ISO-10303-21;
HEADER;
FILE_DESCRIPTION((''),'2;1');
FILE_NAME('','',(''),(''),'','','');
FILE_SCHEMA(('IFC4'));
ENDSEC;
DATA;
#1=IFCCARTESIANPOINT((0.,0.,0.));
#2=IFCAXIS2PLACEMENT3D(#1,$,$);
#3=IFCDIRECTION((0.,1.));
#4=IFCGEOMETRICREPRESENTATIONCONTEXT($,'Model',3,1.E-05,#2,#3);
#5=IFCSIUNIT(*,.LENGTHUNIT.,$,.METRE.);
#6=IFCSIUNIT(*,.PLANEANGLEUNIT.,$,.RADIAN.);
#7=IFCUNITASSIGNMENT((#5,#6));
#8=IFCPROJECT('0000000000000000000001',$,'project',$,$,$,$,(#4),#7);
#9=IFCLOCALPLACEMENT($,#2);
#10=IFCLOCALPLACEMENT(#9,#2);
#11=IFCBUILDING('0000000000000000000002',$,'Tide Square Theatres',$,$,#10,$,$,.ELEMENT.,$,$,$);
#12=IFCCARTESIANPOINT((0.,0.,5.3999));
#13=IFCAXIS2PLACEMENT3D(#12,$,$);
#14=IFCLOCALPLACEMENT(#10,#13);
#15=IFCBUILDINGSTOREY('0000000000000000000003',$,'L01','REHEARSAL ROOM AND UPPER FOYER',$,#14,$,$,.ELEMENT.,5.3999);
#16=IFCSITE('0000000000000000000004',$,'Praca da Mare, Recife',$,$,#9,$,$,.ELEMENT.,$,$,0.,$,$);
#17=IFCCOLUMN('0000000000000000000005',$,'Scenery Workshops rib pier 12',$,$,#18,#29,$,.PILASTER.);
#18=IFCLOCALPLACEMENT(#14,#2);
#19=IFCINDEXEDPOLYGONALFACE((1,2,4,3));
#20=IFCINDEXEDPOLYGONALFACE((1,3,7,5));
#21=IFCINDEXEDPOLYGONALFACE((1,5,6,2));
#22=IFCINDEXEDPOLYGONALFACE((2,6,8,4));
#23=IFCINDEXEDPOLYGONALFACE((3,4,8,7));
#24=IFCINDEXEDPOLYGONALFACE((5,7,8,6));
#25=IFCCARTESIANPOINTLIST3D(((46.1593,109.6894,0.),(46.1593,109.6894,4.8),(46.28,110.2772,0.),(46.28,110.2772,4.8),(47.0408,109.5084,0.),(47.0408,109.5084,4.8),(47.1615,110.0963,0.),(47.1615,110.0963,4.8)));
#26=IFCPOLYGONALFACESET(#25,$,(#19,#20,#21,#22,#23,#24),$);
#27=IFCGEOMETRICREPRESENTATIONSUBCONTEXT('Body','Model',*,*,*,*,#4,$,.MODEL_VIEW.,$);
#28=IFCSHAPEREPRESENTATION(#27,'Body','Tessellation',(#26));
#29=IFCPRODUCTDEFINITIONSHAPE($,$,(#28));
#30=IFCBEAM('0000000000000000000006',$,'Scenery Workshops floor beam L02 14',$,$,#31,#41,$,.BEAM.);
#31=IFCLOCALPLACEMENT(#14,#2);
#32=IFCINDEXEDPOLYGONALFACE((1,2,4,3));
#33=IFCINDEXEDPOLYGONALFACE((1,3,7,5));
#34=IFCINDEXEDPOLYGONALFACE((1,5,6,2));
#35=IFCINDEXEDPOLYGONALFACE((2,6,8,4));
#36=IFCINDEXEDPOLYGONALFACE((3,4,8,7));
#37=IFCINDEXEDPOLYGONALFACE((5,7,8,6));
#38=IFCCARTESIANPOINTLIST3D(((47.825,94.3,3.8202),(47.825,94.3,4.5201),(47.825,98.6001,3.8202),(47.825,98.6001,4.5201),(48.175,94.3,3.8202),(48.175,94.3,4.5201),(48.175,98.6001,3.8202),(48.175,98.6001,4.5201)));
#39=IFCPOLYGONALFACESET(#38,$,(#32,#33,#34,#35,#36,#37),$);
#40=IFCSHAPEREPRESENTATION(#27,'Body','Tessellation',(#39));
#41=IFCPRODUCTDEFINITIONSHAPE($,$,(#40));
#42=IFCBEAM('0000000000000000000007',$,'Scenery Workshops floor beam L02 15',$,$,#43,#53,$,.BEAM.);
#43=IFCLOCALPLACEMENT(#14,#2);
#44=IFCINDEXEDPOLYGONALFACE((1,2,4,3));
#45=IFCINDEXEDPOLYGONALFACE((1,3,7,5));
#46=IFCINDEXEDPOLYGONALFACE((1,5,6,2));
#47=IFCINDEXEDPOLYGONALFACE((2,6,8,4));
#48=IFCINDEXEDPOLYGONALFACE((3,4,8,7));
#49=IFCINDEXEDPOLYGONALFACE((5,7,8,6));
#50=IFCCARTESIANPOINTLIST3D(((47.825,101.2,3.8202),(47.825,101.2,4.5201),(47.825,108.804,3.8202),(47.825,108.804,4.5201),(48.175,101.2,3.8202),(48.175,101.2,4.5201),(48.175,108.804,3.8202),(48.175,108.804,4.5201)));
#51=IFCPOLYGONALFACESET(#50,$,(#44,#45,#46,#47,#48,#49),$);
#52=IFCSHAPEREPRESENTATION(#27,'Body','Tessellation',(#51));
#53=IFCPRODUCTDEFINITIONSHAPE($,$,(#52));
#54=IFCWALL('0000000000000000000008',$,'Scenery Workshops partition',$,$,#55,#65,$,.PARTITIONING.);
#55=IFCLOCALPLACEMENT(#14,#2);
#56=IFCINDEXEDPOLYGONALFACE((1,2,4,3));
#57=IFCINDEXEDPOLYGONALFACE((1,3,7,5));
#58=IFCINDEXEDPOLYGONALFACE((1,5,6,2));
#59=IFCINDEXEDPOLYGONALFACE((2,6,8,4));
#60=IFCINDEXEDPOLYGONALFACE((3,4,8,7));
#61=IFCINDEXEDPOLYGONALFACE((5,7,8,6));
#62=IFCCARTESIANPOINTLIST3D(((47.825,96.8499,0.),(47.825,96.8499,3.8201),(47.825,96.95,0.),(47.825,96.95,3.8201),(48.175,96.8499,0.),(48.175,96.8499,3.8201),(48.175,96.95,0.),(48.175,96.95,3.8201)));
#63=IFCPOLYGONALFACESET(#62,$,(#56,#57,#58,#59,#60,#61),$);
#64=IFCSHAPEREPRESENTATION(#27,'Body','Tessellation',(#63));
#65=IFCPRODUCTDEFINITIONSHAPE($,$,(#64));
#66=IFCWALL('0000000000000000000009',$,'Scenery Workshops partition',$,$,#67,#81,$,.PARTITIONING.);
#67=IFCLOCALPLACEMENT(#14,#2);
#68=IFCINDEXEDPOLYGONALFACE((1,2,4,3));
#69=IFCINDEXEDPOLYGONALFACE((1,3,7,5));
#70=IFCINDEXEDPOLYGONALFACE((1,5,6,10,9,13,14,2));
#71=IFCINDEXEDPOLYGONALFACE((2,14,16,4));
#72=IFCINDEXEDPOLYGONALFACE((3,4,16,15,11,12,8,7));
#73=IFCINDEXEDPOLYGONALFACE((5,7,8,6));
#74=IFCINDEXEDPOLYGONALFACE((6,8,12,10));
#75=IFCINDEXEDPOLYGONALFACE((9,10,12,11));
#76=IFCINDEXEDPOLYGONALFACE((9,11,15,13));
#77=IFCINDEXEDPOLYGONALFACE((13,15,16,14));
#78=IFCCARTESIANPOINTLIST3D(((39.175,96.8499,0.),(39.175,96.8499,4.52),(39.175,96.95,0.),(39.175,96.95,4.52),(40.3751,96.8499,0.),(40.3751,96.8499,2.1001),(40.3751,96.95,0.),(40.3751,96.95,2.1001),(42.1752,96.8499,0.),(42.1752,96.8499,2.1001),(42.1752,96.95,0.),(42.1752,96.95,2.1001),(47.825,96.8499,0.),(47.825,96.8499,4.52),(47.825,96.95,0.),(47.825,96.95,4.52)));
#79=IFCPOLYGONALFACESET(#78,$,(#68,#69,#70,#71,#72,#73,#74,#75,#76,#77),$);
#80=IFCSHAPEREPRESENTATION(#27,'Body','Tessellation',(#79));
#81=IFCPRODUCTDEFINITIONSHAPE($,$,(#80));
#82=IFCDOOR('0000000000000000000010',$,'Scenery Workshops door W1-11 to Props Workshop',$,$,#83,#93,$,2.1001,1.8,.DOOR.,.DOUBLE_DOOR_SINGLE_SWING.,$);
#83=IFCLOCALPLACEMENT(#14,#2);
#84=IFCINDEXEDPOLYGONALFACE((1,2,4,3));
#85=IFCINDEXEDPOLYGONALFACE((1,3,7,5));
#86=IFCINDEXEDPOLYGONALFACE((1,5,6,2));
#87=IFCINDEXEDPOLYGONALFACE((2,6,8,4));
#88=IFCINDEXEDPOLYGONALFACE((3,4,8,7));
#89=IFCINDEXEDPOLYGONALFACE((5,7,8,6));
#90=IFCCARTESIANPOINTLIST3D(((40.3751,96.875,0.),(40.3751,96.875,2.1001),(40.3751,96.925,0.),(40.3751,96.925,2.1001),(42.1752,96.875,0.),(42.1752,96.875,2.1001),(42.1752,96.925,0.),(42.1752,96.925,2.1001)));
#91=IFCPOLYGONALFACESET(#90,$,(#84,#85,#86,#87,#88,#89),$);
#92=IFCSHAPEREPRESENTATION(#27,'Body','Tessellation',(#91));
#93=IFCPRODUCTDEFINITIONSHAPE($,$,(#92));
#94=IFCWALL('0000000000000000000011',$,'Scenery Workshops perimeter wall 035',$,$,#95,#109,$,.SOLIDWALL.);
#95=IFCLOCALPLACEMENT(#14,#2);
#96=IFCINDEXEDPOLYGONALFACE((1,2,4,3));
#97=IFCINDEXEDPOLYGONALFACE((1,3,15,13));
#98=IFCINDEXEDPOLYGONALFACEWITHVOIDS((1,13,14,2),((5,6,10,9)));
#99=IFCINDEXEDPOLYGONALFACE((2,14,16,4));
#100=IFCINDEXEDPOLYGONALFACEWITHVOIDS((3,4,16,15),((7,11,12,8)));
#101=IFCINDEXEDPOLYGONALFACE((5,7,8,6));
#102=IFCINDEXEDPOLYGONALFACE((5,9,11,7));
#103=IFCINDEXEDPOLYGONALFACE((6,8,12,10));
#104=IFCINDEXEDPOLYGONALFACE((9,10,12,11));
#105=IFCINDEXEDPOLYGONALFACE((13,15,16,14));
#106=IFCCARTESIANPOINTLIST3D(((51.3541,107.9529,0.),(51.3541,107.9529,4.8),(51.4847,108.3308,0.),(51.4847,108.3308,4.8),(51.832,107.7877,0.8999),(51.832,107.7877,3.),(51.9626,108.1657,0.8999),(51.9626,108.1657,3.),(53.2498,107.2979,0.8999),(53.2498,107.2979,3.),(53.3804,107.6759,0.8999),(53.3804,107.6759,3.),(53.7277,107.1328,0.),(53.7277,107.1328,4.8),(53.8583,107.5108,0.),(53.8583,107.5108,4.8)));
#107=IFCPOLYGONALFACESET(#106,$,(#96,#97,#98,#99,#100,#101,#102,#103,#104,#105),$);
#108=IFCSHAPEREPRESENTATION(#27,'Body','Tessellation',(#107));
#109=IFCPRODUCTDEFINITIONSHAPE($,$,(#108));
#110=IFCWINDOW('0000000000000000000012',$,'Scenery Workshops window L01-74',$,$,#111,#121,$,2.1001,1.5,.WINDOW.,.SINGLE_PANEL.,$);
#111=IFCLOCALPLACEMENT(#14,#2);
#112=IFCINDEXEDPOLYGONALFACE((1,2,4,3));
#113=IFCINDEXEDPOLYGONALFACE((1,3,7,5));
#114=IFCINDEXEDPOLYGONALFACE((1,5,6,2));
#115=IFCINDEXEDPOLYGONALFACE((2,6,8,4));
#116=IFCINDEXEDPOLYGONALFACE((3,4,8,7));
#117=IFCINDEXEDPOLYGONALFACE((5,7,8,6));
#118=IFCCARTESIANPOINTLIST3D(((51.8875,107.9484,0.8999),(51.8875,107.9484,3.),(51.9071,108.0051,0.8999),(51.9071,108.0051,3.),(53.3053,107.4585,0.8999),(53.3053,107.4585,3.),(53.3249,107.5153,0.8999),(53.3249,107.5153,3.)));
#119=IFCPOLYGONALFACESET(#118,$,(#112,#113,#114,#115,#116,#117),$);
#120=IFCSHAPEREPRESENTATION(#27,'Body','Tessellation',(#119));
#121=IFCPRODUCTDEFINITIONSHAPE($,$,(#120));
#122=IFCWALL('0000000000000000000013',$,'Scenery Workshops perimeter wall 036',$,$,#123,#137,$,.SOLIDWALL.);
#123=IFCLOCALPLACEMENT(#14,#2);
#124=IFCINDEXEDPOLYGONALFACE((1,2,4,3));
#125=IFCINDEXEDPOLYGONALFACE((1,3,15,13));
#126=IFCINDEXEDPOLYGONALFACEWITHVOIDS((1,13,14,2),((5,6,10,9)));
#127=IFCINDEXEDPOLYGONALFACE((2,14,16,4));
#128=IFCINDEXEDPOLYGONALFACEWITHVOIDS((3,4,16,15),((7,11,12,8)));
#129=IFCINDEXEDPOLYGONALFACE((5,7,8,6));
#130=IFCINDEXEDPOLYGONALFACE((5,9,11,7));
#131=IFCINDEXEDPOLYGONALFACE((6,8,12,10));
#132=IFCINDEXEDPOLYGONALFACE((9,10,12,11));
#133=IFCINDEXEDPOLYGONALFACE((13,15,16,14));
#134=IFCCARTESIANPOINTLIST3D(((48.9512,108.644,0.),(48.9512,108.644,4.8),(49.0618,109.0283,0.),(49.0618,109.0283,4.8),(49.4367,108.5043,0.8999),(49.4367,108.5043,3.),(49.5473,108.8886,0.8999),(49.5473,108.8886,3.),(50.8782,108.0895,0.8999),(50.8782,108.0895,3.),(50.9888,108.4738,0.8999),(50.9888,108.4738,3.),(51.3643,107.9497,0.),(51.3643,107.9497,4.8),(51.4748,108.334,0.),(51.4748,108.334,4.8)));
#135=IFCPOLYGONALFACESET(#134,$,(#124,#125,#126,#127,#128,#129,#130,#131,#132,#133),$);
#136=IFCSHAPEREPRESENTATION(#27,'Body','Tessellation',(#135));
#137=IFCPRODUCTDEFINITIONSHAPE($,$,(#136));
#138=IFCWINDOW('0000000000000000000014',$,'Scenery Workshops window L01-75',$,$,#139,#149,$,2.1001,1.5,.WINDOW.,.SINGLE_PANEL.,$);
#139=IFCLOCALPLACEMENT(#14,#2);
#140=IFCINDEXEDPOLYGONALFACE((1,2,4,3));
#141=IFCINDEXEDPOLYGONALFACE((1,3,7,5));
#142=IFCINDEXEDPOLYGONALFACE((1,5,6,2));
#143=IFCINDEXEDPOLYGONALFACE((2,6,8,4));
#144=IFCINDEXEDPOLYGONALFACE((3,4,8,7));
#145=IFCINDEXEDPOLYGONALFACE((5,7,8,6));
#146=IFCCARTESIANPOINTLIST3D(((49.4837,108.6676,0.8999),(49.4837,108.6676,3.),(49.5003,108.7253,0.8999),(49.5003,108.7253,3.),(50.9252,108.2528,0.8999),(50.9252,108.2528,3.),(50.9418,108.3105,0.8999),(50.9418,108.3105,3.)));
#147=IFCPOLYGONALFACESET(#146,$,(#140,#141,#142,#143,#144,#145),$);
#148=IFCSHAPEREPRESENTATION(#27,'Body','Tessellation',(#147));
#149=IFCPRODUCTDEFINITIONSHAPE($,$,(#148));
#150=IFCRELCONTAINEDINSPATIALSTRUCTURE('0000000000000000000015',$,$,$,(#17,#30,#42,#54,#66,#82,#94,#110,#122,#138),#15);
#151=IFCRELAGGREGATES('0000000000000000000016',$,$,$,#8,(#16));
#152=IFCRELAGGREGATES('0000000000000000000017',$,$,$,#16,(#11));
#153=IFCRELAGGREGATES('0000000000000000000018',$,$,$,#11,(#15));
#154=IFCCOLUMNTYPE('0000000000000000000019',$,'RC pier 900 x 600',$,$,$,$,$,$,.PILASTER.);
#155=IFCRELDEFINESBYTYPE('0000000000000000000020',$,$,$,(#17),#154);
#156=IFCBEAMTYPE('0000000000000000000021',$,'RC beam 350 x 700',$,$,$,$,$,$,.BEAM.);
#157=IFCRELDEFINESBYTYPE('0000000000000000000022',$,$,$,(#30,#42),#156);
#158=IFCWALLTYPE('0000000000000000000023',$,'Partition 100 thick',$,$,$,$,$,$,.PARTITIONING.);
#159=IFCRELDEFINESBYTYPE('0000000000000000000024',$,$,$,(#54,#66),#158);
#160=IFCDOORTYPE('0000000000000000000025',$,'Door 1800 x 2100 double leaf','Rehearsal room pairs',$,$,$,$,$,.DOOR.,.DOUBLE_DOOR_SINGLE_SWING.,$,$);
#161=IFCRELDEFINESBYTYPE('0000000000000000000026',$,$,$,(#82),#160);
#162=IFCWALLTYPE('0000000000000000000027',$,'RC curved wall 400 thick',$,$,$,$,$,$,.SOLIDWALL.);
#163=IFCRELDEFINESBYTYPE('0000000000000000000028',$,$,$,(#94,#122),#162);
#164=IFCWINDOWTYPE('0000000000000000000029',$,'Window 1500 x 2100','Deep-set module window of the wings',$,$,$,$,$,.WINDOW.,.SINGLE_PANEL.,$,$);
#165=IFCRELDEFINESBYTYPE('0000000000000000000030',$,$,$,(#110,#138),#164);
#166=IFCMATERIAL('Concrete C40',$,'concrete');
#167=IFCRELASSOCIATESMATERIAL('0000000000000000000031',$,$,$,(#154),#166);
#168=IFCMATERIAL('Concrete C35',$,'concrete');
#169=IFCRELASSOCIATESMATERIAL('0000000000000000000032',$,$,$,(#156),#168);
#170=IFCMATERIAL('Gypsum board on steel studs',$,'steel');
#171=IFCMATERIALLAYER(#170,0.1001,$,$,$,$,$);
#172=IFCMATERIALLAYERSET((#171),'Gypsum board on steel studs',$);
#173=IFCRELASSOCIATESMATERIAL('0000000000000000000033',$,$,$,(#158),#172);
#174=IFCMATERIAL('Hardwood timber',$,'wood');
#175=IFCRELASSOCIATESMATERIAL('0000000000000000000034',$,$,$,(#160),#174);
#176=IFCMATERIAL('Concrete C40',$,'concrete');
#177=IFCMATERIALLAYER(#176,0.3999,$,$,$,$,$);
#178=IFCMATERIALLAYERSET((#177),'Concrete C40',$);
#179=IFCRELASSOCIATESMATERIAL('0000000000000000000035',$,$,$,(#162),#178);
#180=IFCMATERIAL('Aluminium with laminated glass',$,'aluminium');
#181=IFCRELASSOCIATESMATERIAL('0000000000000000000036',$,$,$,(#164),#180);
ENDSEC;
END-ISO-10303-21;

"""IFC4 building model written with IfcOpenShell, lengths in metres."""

from ifc_helpers import new_model, si_unit, direction, frame, frame_2d, origin, origin_2d, place, context, subcontext, project, spatial, rectangle, extrude, material, layer, layer_set, material_profile, profile_set, type_object, element, fill, save


model = new_model("IFC4")

# Units and contexts
model_context = context("Model", 3, precision=1e-05, world=origin(), true_north=direction((0.0, 1.0)))
body_context = subcontext(model_context, "Body", "Model", "MODEL_VIEW")
ifc_project = project(units=[si_unit("LENGTHUNIT", "METRE"), si_unit("PLANEANGLEUNIT", "RADIAN")], contexts=[model_context])

# Site, building, storey
site_placement = place(None, origin())
site = spatial("IfcSite", under=ifc_project, at=site_placement, Name="Praca da Mare, Recife", CompositionType="ELEMENT", RefElevation=0.0)
building_placement = place(site_placement, origin())
building = spatial("IfcBuilding", under=site, at=building_placement, Name="Tide Square Theatres", CompositionType="ELEMENT")
storey_placement = place(building_placement, frame((0.0, 0.0, 5.3999)))
storey = spatial("IfcBuildingStorey", under=building, at=storey_placement, Name="L01", Description="REHEARSAL ROOM AND UPPER FOYER", CompositionType="ELEMENT", Elevation=5.3999)

# Column
ifc_material_1 = material(Name="Concrete C40", Category="concrete")
ifc_material_profile_1 = material_profile(ifc_material_1, rectangle(XDim=0.8999, YDim=0.6001, at=origin_2d()))
ifc_profile_set_1 = profile_set([ifc_material_profile_1], Name="Concrete C40")
column_type = type_object("IfcColumnType", Name="RC pier 900 x 600", PredefinedType="PILASTER", material=ifc_profile_set_1)
column_placement = place(storey_placement, frame((46.6604, 109.8928, 0.0), z_axis=(0.0, 0.0, 1.0), x_axis=(-0.979575, 0.201079, 0.0)))
element("IfcColumn", 1, at=column_placement, inside=storey, type_object=column_type, Name="Scenery Workshops rib pier 12", PredefinedType="PILASTER", context=body_context, shape_type="SweptSolid", body=[
    extrude(rectangle(XDim=0.8999, YDim=0.6001, at=origin_2d()), origin(), (0.0, 0.0, 1.0), 4.8),
])

# Beams
ifc_material_2 = material(Name="Concrete C35", Category="concrete")
ifc_material_profile_2 = material_profile(ifc_material_2, rectangle(XDim=0.3501, YDim=0.7, at=origin_2d()))
ifc_profile_set_2 = profile_set([ifc_material_profile_2], Name="Concrete C35")
beam_type = type_object("IfcBeamType", Name="RC beam 350 x 700", PredefinedType="BEAM", material=ifc_profile_set_2)
beam_1_placement = place(storey_placement, frame((48.0, 94.3, 4.1702), z_axis=(0.0, 1.0, 0.0), x_axis=(-1.0, 0.0, 0.0)))
element("IfcBeam", 2, at=beam_1_placement, inside=storey, type_object=beam_type, Name="Scenery Workshops floor beam L02 14", PredefinedType="BEAM", context=body_context, shape_type="SweptSolid", body=[
    extrude(rectangle(XDim=0.3501, YDim=0.7, at=origin_2d()), origin(), (0.0, 0.0, 1.0), 4.3),
])
beam_2_placement = place(storey_placement, frame((48.0, 101.2, 4.1702), z_axis=(0.0, 1.0, 0.0), x_axis=(-1.0, 0.0, 0.0)))
element("IfcBeam", 3, at=beam_2_placement, inside=storey, type_object=beam_type, Name="Scenery Workshops floor beam L02 15", PredefinedType="BEAM", context=body_context, shape_type="SweptSolid", body=[
    extrude(rectangle(XDim=0.3501, YDim=0.7, at=origin_2d()), origin(), (0.0, 0.0, 1.0), 7.604),
])

# Wall
ifc_material_3 = material(Name="Gypsum board on steel studs", Category="steel")
ifc_layer_1 = layer(ifc_material_3, 0.1001)
ifc_layer_set_1 = layer_set([ifc_layer_1], Name="Gypsum board on steel studs")
wall_type_1 = type_object("IfcWallType", Name="Partition 100 thick", PredefinedType="PARTITIONING", material=ifc_layer_set_1)
wall_1_placement = place(storey_placement, frame((48.175, 96.8999, 0.0), z_axis=(0.0, 0.0, 1.0), x_axis=(-1.0, 0.0, 0.0)))
element("IfcWall", 4, at=wall_1_placement, inside=storey, type_object=wall_type_1, Name="Scenery Workshops partition", PredefinedType="PARTITIONING", context=body_context, shape_type="SweptSolid", body=[
    extrude(rectangle(XDim=0.3501, YDim=0.1001, at=frame_2d((0.175, 0.0))), origin(), (0.0, 0.0, 1.0), 3.8201),
])

# Wall, opening, door
wall_2_placement = place(storey_placement, frame((47.825, 96.8999, 0.0), z_axis=(0.0, 0.0, 1.0), x_axis=(-1.0, 0.0, 0.0)))
wall_2 = element("IfcWall", 5, at=wall_2_placement, inside=storey, type_object=wall_type_1, Name="Scenery Workshops partition", PredefinedType="PARTITIONING", context=body_context, shape_type="SweptSolid", body=[
    extrude(rectangle(XDim=8.6499, YDim=0.1001, at=frame_2d((4.325, 0.0))), origin(), (0.0, 0.0, 1.0), 4.52),
])
opening_1_placement = place(wall_2_placement, frame((5.6499, 0.0, 0.0)))
opening_1 = element("IfcOpeningElement", 6, at=opening_1_placement, cuts=wall_2, PredefinedType="OPENING", context=body_context, shape_type="SweptSolid", body=[
    extrude(rectangle(XDim=1.8, YDim=2.1001, at=frame_2d((0.8999, 1.05))), frame((0.0, 0.0601, 0.0), z_axis=(0.0, -1.0, 0.0), x_axis=(1.0, 0.0, 0.0)), (0.0, 0.0, 1.0), 0.1201),
])
ifc_material_4 = material(Name="Hardwood timber", Category="wood")
door_type_1 = type_object("IfcDoorType", Name="Door 1800 x 2100 double leaf", Description="Rehearsal room pairs", OperationType="DOUBLE_DOOR_SINGLE_SWING", PredefinedType="DOOR", material=ifc_material_4)
door_1_placement = place(opening_1_placement, origin())
door_1 = element("IfcDoor", 7, at=door_1_placement, inside=storey, type_object=door_type_1, Name="Scenery Workshops door W1-11 to Props Workshop", OperationType="DOUBLE_DOOR_SINGLE_SWING", OverallHeight=2.1001, OverallWidth=1.8, PredefinedType="DOOR", context=body_context, shape_type="SweptSolid", body=[
    extrude(rectangle(XDim=1.8, YDim=2.1001, at=frame_2d((0.8999, 1.05))), frame((0.0, 0.0249, 0.0), z_axis=(0.0, -1.0, 0.0), x_axis=(1.0, 0.0, 0.0)), (0.0, 0.0, 1.0), 0.05),
])
fill(opening_1, door_1)

# Walls, openings, windows
ifc_material_5 = material(Name="Concrete C40", Category="concrete")
ifc_layer_2 = layer(ifc_material_5, 0.3999)
ifc_layer_set_2 = layer_set([ifc_layer_2], Name="Concrete C40")
wall_type_2 = type_object("IfcWallType", Name="RC curved wall 400 thick", PredefinedType="SOLIDWALL", material=ifc_layer_set_2)
wall_3_placement = place(storey_placement, frame((53.793, 107.3218, 0.0), z_axis=(0.0, 0.0, 1.0), x_axis=(-0.945175, 0.326563, 0.0)))
wall_3 = element("IfcWall", 8, at=wall_3_placement, inside=storey, type_object=wall_type_2, Name="Scenery Workshops perimeter wall 035", PredefinedType="SOLIDWALL", context=body_context, shape_type="SweptSolid", body=[
    extrude(rectangle(XDim=2.5112, YDim=0.3999, at=frame_2d((1.2556, 0.0))), origin(), (0.0, 0.0, 1.0), 4.8),
])
opening_2_placement = place(wall_3_placement, frame((0.5056, 0.0, 0.8999)))
opening_2 = element("IfcOpeningElement", 9, at=opening_2_placement, cuts=wall_3, PredefinedType="OPENING", context=body_context, shape_type="SweptSolid", body=[
    extrude(rectangle(XDim=1.5, YDim=2.1001, at=frame_2d((0.75, 1.05))), frame((0.0, 0.21, 0.0), z_axis=(0.0, -1.0, 0.0), x_axis=(1.0, 0.0, 0.0)), (0.0, 0.0, 1.0), 0.4199),
])
ifc_material_6 = material(Name="Aluminium with laminated glass", Category="aluminium")
window_type = type_object("IfcWindowType", Name="Window 1500 x 2100", Description="Deep-set module window of the wings", PartitioningType="SINGLE_PANEL", PredefinedType="WINDOW", material=ifc_material_6)
window_1_placement = place(opening_2_placement, origin())
window_1 = element("IfcWindow", 10, at=window_1_placement, inside=storey, type_object=window_type, Name="Scenery Workshops window L01-74", OverallHeight=2.1001, OverallWidth=1.5, PartitioningType="SINGLE_PANEL", PredefinedType="WINDOW", context=body_context, shape_type="SweptSolid", body=[
    extrude(rectangle(XDim=1.5, YDim=2.1001, at=frame_2d((0.75, 1.05))), frame((0.0, 0.03, 0.0), z_axis=(0.0, -1.0, 0.0), x_axis=(1.0, 0.0, 0.0)), (0.0, 0.0, 1.0), 0.0601),
])
fill(opening_2, window_1)
wall_4_placement = place(storey_placement, frame((51.4194, 108.1418, 0.0), z_axis=(0.0, 0.0, 1.0), x_axis=(-0.961009, 0.276518, 0.0)))
wall_4 = element("IfcWall", 11, at=wall_4_placement, inside=storey, type_object=wall_type_2, Name="Scenery Workshops perimeter wall 036", PredefinedType="SOLIDWALL", context=body_context, shape_type="SweptSolid", body=[
    extrude(rectangle(XDim=2.511, YDim=0.3999, at=frame_2d((1.2554, 0.0))), origin(), (0.0, 0.0, 1.0), 4.8),
])
opening_3_placement = place(wall_4_placement, frame((0.5056, 0.0, 0.8999)))
opening_3 = element("IfcOpeningElement", 12, at=opening_3_placement, cuts=wall_4, PredefinedType="OPENING", context=body_context, shape_type="SweptSolid", body=[
    extrude(rectangle(XDim=1.5, YDim=2.1001, at=frame_2d((0.75, 1.05))), frame((0.0, 0.21, 0.0), z_axis=(0.0, -1.0, 0.0), x_axis=(1.0, 0.0, 0.0)), (0.0, 0.0, 1.0), 0.4199),
])
window_2_placement = place(opening_3_placement, origin())
window_2 = element("IfcWindow", 13, at=window_2_placement, inside=storey, type_object=window_type, Name="Scenery Workshops window L01-75", OverallHeight=2.1001, OverallWidth=1.5, PartitioningType="SINGLE_PANEL", PredefinedType="WINDOW", context=body_context, shape_type="SweptSolid", body=[
    extrude(rectangle(XDim=1.5, YDim=2.1001, at=frame_2d((0.75, 1.05))), frame((0.0, 0.03, 0.0), z_axis=(0.0, -1.0, 0.0), x_axis=(1.0, 0.0, 0.0)), (0.0, 0.0, 1.0), 0.0601),
])
fill(opening_3, window_2)

save(model, "model.ifc")
